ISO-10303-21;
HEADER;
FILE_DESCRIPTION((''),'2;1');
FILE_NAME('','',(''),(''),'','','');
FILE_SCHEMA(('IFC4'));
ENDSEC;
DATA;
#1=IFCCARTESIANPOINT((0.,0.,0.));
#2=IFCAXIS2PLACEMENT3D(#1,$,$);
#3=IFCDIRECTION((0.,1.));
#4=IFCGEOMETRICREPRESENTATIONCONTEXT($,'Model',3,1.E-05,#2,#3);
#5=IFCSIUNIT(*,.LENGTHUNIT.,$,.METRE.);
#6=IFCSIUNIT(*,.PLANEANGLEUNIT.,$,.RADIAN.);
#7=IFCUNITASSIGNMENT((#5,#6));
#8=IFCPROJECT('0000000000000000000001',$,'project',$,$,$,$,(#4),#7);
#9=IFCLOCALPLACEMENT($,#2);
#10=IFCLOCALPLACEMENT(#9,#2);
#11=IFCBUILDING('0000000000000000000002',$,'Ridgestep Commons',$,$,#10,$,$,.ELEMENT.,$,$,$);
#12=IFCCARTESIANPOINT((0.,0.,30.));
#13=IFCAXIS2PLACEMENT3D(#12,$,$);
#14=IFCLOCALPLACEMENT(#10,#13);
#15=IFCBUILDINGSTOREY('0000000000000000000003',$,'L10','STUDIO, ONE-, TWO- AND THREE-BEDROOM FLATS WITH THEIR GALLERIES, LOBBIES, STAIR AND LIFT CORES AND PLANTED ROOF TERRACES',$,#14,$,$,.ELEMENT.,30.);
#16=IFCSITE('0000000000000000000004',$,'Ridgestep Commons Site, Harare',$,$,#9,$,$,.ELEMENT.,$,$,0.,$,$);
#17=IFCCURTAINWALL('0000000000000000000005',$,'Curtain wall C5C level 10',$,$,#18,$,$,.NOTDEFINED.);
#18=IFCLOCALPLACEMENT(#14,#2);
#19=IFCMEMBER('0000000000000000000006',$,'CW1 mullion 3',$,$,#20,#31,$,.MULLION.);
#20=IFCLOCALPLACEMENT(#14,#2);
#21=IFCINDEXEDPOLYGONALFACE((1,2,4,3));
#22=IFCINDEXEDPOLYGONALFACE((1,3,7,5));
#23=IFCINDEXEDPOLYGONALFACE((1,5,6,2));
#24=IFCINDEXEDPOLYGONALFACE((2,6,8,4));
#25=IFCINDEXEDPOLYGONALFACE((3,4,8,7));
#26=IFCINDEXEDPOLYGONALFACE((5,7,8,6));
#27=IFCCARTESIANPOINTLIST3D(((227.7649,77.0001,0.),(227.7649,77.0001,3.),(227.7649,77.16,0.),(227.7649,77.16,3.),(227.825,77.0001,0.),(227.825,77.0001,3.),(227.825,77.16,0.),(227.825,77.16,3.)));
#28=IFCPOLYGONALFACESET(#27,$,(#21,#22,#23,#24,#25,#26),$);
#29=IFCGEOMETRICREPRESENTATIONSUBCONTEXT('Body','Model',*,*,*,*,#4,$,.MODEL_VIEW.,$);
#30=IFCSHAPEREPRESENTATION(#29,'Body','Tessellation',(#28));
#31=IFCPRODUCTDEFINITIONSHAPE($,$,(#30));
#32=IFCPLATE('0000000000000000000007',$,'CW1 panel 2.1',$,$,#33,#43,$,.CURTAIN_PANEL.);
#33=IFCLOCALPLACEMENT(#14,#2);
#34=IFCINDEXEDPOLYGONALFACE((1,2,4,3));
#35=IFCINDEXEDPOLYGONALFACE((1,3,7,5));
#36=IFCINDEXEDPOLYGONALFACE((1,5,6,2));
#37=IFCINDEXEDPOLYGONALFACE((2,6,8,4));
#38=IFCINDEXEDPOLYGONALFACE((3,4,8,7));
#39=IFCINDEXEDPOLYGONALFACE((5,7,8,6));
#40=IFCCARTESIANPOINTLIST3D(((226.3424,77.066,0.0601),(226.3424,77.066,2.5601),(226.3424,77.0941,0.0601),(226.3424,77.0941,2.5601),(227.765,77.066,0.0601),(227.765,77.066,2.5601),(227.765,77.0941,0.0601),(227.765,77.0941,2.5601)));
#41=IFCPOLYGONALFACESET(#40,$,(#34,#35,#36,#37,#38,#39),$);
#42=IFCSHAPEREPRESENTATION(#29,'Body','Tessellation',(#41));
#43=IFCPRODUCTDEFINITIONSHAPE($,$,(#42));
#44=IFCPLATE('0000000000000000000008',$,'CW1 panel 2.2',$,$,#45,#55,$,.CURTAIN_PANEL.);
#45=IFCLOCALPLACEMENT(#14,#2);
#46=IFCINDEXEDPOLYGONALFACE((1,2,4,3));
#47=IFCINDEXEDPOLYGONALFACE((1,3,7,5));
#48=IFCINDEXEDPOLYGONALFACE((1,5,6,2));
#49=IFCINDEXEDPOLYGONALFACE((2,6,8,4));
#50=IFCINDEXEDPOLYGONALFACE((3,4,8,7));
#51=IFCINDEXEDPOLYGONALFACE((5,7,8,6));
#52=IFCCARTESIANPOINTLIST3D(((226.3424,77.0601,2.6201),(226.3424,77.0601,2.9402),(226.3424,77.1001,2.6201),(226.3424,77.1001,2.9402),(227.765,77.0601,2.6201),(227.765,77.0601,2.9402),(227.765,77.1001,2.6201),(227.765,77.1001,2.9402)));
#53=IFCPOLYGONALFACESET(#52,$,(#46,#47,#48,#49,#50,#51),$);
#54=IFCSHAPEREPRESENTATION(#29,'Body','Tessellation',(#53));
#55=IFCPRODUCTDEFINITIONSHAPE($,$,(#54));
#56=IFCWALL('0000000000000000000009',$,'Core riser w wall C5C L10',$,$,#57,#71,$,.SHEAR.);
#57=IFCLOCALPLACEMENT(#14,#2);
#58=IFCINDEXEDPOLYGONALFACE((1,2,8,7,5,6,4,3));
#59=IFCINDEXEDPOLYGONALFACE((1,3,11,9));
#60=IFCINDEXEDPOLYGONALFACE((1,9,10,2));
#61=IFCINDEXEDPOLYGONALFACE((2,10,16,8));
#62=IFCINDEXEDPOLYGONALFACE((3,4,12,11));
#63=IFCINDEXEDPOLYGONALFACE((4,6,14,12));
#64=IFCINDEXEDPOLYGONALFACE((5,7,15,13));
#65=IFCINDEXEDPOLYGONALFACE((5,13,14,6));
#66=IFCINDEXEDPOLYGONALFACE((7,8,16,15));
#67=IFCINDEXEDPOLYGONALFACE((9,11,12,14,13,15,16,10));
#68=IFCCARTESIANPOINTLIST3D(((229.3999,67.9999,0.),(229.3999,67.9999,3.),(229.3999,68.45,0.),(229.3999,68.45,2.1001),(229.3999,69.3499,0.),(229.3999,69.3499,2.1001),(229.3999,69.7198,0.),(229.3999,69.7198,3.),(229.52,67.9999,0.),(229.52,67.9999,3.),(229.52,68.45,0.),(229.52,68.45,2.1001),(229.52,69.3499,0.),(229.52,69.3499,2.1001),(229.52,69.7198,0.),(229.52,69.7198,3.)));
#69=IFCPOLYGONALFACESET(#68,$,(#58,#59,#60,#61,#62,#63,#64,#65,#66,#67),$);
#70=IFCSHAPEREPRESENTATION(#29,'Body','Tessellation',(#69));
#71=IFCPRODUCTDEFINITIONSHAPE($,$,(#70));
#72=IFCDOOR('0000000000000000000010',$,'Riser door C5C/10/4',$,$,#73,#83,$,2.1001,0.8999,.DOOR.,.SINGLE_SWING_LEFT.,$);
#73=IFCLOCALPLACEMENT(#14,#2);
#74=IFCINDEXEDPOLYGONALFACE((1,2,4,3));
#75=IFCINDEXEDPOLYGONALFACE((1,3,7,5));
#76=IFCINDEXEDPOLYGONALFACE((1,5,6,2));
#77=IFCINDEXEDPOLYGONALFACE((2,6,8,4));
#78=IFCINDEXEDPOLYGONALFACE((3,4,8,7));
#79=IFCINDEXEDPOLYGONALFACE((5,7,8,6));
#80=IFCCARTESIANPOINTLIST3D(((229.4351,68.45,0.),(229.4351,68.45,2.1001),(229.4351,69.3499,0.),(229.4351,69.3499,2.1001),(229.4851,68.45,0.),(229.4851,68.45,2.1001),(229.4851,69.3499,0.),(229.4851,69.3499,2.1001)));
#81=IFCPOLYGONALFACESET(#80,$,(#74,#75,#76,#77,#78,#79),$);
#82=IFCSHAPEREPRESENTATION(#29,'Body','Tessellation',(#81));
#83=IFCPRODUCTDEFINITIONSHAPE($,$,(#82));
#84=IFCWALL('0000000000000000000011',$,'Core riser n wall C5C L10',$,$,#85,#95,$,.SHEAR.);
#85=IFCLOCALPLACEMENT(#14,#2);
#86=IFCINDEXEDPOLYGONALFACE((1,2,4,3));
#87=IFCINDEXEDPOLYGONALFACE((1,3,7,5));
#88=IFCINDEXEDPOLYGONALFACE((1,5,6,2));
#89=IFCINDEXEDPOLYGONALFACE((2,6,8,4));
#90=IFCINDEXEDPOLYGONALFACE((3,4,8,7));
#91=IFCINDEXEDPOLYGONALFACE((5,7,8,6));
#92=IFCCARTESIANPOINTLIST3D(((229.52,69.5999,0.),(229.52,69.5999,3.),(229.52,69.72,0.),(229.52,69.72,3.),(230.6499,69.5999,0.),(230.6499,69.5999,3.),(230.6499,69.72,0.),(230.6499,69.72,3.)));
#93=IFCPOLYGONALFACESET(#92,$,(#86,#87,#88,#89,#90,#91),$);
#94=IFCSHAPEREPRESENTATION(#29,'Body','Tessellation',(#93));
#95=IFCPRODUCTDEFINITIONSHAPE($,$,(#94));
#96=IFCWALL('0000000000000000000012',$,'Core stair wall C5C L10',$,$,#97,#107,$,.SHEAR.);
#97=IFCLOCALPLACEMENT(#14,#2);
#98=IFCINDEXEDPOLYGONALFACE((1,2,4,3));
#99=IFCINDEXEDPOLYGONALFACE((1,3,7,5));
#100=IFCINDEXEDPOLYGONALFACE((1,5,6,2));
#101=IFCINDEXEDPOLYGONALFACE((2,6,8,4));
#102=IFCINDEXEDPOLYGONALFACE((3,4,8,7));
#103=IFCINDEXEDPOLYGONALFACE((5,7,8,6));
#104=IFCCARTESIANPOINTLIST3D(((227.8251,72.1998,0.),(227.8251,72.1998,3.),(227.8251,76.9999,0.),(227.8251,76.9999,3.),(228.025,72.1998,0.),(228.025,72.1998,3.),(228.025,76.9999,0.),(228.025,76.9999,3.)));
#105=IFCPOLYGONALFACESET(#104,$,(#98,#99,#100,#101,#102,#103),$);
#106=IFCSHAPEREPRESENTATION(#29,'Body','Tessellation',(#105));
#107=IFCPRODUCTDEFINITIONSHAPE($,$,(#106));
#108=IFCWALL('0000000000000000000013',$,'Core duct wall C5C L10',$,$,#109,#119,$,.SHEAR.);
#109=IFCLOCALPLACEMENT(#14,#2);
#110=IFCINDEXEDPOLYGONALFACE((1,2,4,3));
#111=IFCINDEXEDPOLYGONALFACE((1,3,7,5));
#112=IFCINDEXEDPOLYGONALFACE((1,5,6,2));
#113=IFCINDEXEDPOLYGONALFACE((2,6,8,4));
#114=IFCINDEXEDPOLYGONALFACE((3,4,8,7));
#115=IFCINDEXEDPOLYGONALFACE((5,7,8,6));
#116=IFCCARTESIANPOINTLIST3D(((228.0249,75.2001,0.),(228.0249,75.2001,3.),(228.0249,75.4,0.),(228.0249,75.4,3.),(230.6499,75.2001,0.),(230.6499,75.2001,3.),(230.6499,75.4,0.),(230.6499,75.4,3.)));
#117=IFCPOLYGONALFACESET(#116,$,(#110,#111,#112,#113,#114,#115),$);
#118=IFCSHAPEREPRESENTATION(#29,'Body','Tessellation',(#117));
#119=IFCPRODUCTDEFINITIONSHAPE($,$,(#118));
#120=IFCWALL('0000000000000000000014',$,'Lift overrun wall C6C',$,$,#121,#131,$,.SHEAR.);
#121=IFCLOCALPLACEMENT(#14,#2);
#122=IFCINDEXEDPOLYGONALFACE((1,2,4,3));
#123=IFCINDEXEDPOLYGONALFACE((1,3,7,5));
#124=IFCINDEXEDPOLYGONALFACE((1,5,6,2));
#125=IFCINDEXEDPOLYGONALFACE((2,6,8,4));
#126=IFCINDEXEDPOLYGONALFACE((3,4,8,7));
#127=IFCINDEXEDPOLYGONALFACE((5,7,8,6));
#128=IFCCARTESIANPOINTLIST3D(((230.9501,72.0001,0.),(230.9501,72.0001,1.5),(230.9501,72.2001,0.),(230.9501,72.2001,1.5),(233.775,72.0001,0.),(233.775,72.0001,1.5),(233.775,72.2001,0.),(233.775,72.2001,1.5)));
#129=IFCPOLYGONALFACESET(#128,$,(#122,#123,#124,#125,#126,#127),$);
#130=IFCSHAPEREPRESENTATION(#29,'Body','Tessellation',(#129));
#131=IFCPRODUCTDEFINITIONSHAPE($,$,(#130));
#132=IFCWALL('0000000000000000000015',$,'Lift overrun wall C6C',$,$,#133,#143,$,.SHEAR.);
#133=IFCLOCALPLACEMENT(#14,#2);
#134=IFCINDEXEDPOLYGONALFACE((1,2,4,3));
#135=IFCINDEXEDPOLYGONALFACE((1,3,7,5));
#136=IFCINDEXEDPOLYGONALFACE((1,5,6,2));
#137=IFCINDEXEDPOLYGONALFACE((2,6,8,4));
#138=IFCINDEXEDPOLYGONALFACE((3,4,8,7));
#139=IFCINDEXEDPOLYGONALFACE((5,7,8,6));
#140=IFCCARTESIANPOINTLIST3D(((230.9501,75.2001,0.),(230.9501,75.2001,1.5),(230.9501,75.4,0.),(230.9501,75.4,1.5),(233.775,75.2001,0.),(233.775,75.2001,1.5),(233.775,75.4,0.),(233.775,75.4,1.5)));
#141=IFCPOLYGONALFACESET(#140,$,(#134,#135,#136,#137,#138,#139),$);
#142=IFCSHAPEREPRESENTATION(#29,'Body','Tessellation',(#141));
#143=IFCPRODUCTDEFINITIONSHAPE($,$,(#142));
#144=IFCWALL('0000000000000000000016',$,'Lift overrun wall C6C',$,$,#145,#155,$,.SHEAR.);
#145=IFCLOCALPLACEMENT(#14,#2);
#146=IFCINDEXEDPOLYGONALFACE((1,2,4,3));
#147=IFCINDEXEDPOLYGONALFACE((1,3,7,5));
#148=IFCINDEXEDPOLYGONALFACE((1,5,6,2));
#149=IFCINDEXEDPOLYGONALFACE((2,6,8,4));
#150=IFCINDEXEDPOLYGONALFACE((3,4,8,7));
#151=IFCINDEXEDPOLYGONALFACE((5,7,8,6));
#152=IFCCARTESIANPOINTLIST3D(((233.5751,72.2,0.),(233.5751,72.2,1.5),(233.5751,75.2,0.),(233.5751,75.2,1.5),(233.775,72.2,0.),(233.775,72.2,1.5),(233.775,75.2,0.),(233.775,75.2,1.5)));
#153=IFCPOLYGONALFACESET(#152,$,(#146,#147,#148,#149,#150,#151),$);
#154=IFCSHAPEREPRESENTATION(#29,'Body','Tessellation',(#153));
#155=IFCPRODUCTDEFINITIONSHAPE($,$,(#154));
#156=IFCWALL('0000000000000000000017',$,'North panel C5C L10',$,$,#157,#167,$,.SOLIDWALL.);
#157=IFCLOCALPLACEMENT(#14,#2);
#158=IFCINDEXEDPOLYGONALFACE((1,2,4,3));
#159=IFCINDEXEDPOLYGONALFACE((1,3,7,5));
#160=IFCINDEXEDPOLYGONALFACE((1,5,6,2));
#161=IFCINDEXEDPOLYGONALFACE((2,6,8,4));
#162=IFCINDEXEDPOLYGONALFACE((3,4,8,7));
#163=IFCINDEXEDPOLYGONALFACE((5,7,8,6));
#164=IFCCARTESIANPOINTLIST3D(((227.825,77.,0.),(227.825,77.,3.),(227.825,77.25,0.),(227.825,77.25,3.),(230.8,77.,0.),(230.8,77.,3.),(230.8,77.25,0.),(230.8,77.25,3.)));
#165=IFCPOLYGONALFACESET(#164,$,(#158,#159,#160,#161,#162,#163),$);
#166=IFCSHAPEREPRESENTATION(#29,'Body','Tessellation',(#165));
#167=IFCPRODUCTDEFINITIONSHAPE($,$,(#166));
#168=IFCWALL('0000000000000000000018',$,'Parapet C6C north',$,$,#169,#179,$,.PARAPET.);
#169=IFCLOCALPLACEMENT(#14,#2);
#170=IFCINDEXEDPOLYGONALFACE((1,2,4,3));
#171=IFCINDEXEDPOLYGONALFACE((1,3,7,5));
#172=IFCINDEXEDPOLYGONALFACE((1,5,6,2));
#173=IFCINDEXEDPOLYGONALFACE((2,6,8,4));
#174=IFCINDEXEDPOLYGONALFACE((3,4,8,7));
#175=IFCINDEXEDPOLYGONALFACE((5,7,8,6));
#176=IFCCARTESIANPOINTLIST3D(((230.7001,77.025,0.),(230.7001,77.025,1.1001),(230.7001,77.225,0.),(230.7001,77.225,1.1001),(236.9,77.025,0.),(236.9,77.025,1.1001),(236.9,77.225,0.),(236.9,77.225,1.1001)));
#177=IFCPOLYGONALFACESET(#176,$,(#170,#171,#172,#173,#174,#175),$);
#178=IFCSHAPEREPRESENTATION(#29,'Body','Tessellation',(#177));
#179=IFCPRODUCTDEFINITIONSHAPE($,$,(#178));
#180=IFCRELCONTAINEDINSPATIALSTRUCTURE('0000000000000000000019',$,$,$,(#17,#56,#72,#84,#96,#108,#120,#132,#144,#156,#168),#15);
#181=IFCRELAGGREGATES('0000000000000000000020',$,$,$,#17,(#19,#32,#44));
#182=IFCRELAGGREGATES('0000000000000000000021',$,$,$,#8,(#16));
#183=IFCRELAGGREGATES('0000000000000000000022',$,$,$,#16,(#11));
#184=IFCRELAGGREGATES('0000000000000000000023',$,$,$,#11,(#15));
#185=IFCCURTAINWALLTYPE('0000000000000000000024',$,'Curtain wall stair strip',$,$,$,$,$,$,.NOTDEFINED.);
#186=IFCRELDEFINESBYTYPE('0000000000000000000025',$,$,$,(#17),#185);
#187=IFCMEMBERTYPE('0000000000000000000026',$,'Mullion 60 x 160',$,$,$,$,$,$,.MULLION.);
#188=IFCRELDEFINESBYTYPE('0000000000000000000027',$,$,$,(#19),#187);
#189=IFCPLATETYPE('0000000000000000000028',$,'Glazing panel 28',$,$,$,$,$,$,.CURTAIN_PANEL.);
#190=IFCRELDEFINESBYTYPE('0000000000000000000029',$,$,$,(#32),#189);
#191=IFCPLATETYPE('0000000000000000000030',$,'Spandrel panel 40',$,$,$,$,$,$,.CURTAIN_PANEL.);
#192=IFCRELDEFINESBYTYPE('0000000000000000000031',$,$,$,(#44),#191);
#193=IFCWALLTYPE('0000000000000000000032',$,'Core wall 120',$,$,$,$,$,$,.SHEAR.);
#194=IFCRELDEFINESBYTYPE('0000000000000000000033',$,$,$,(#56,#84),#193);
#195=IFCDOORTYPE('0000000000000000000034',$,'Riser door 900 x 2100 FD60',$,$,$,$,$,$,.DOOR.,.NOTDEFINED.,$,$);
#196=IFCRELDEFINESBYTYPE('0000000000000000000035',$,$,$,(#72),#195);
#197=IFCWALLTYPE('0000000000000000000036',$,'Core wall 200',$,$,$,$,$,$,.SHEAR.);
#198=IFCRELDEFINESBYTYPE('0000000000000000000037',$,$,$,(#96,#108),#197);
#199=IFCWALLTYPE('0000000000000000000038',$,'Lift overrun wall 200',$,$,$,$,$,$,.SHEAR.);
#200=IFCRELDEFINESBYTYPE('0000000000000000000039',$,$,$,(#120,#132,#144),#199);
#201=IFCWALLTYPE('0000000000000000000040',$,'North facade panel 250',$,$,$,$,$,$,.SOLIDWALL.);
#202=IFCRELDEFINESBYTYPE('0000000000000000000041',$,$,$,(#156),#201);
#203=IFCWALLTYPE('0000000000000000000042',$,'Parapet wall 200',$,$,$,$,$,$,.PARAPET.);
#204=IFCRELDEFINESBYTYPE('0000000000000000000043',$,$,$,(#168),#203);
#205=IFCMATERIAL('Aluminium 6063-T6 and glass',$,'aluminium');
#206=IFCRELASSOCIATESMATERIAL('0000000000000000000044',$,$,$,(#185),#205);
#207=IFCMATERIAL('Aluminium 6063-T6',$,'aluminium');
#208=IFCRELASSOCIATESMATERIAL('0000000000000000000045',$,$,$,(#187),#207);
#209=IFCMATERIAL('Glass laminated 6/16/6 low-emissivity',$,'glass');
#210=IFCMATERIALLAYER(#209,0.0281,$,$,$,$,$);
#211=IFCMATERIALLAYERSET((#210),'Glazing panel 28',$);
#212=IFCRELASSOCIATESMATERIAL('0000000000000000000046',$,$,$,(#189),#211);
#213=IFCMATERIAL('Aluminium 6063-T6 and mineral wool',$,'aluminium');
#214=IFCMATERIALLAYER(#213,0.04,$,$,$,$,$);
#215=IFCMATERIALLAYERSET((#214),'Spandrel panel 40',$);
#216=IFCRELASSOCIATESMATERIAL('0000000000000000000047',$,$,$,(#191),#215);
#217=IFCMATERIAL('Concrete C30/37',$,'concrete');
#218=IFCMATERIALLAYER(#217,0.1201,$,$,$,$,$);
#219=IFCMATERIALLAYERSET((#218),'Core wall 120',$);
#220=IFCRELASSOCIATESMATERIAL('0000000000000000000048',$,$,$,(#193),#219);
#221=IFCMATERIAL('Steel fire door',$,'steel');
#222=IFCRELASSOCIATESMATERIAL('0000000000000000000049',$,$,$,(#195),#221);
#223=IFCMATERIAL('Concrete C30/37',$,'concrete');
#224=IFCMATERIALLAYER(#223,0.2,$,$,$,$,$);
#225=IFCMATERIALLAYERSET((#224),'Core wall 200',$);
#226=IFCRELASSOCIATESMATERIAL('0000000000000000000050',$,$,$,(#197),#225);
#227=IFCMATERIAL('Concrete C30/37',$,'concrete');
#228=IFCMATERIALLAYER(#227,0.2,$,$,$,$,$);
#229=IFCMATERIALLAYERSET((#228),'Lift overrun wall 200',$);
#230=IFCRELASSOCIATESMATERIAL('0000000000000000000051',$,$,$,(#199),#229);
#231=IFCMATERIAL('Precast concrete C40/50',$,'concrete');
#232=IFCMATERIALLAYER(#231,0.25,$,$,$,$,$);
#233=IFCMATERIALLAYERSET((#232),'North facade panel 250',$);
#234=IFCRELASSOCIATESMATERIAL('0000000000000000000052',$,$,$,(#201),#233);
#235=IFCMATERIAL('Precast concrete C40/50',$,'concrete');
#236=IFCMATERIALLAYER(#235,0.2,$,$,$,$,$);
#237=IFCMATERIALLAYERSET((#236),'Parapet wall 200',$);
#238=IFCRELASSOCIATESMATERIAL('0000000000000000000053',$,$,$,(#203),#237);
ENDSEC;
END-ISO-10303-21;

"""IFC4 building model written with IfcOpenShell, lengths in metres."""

from ifc_helpers import new_model, si_unit, direction, frame, frame_2d, origin, origin_2d, place, context, subcontext, project, spatial, rectangle, extrude, material, layer, layer_set, material_profile, profile_set, type_object, element, fill, aggregate, save


model = new_model("IFC4")

# Units and contexts
model_context = context("Model", 3, precision=1e-05, world=origin(), true_north=direction((0.0, 1.0)))
body_context = subcontext(model_context, "Body", "Model", "MODEL_VIEW")
ifc_project = project(units=[si_unit("LENGTHUNIT", "METRE"), si_unit("PLANEANGLEUNIT", "RADIAN")], contexts=[model_context])

# Site, building, storey
site_placement = place(None, origin())
site = spatial("IfcSite", under=ifc_project, at=site_placement, Name="Ridgestep Commons Site, Harare", CompositionType="ELEMENT", RefElevation=0.0)
building_placement = place(site_placement, origin())
building = spatial("IfcBuilding", under=site, at=building_placement, Name="Ridgestep Commons", CompositionType="ELEMENT")
storey_placement = place(building_placement, frame((0.0, 0.0, 30.0)))
storey = spatial("IfcBuildingStorey", under=building, at=storey_placement, Name="L10", Description="STUDIO, ONE-, TWO- AND THREE-BEDROOM FLATS WITH THEIR GALLERIES, LOBBIES, STAIR AND LIFT CORES AND PLANTED ROOF TERRACES", CompositionType="ELEMENT", Elevation=30.0)

# Curtain wall, member, plates
ifc_material_1 = material(Name="Aluminium 6063-T6 and glass", Category="aluminium")
curtain_wall_type = type_object("IfcCurtainWallType", Name="Curtain wall stair strip", PredefinedType="NOTDEFINED", material=ifc_material_1)
curtain_wall_placement = place(storey_placement, origin())
curtain_wall = element("IfcCurtainWall", 1, at=curtain_wall_placement, inside=storey, type_object=curtain_wall_type, Name="Curtain wall C5C level 10", PredefinedType="NOTDEFINED")
ifc_material_2 = material(Name="Aluminium 6063-T6", Category="aluminium")
ifc_material_profile = material_profile(ifc_material_2, rectangle(XDim=0.1599, YDim=0.0601, at=origin_2d()), Name="Mullion 60 x 160")
ifc_profile_set = profile_set([ifc_material_profile], Name="Aluminium 6063-T6")
member_type = type_object("IfcMemberType", Name="Mullion 60 x 160", PredefinedType="MULLION", material=ifc_profile_set)
member_placement = place(storey_placement, frame((227.7949, 77.0801, 0.0), z_axis=(0.0, 0.0, 1.0), x_axis=(0.0, 1.0, 0.0)))
member = element("IfcMember", 2, at=member_placement, type_object=member_type, Name="CW1 mullion 3", PredefinedType="MULLION", context=body_context, shape_type="SweptSolid", body=[
    extrude(rectangle(XDim=0.1599, YDim=0.0601, at=origin_2d()), origin(), (0.0, 0.0, 1.0), 3.0),
])
ifc_material_3 = material(Name="Glass laminated 6/16/6 low-emissivity", Category="glass")
ifc_layer_1 = layer(ifc_material_3, 0.0281)
ifc_layer_set_1 = layer_set([ifc_layer_1], Name="Glazing panel 28")
plate_type_1 = type_object("IfcPlateType", Name="Glazing panel 28", PredefinedType="CURTAIN_PANEL", material=ifc_layer_set_1)
plate_1_placement = place(storey_placement, frame((227.0537, 77.0801, 0.0601), z_axis=(0.0, 0.0, 1.0), x_axis=(1.0, 0.0, 0.0)))
plate_1 = element("IfcPlate", 3, at=plate_1_placement, type_object=plate_type_1, Name="CW1 panel 2.1", PredefinedType="CURTAIN_PANEL", context=body_context, shape_type="SweptSolid", body=[
    extrude(rectangle(XDim=1.4226, YDim=0.0281, at=origin_2d()), origin(), (0.0, 0.0, 1.0), 2.5),
])
ifc_material_4 = material(Name="Aluminium 6063-T6 and mineral wool", Category="aluminium")
ifc_layer_2 = layer(ifc_material_4, 0.04)
ifc_layer_set_2 = layer_set([ifc_layer_2], Name="Spandrel panel 40")
plate_type_2 = type_object("IfcPlateType", Name="Spandrel panel 40", PredefinedType="CURTAIN_PANEL", material=ifc_layer_set_2)
plate_2_placement = place(storey_placement, frame((227.0537, 77.0801, 2.6201), z_axis=(0.0, 0.0, 1.0), x_axis=(1.0, 0.0, 0.0)))
plate_2 = element("IfcPlate", 4, at=plate_2_placement, type_object=plate_type_2, Name="CW1 panel 2.2", PredefinedType="CURTAIN_PANEL", context=body_context, shape_type="SweptSolid", body=[
    extrude(rectangle(XDim=1.4226, YDim=0.04, at=origin_2d()), origin(), (0.0, 0.0, 1.0), 0.3201),
])
aggregate(curtain_wall, [member, plate_1, plate_2])

# Wall, opening, door
ifc_material_5 = material(Name="Concrete C30/37", Category="concrete")
ifc_layer_3 = layer(ifc_material_5, 0.1201)
ifc_layer_set_3 = layer_set([ifc_layer_3], Name="Core wall 120")
wall_type_1 = type_object("IfcWallType", Name="Core wall 120", PredefinedType="SHEAR", material=ifc_layer_set_3)
wall_1_placement = place(storey_placement, frame((229.46, 68.0, 0.0), z_axis=(0.0, 0.0, 1.0), x_axis=(0.0, 1.0, 0.0)))
wall_1 = element("IfcWall", 5, at=wall_1_placement, inside=storey, type_object=wall_type_1, Name="Core riser w wall C5C L10", PredefinedType="SHEAR", context=body_context, shape_type="SweptSolid", body=[
    extrude(rectangle(XDim=1.72, YDim=0.1201, at=frame_2d((0.8599, 0.0))), origin(), (0.0, 0.0, 1.0), 3.0),
])
opening_placement = place(wall_1_placement, frame((0.45, 0.0, 0.0)))
opening = element("IfcOpeningElement", 6, at=opening_placement, cuts=wall_1, PredefinedType="OPENING", context=body_context, shape_type="SweptSolid", body=[
    extrude(rectangle(XDim=0.8999, YDim=2.1001, at=frame_2d((0.45, 1.05))), frame((0.0, 0.0701, 0.0), z_axis=(0.0, -1.0, 0.0), x_axis=(1.0, 0.0, 0.0)), (0.0, 0.0, 1.0), 0.1401),
])
ifc_material_6 = material(Name="Steel fire door", Category="steel")
door_type = type_object("IfcDoorType", Name="Riser door 900 x 2100 FD60", OperationType="NOTDEFINED", PredefinedType="DOOR", material=ifc_material_6)
door_placement = place(opening_placement, origin())
door = element("IfcDoor", 7, at=door_placement, inside=storey, type_object=door_type, Name="Riser door C5C/10/4", OperationType="SINGLE_SWING_LEFT", OverallHeight=2.1001, OverallWidth=0.8999, PredefinedType="DOOR", context=body_context, shape_type="SweptSolid", body=[
    extrude(rectangle(XDim=0.8999, YDim=2.1001, at=frame_2d((0.45, 1.05))), frame((0.0, 0.0249, 0.0), z_axis=(0.0, -1.0, 0.0), x_axis=(1.0, 0.0, 0.0)), (0.0, 0.0, 1.0), 0.05),
])
fill(opening, door)

# Walls
wall_2_placement = place(storey_placement, frame((229.52, 69.6599, 0.0), z_axis=(0.0, 0.0, 1.0), x_axis=(1.0, 0.0, 0.0)))
element("IfcWall", 8, at=wall_2_placement, inside=storey, type_object=wall_type_1, Name="Core riser n wall C5C L10", PredefinedType="SHEAR", context=body_context, shape_type="SweptSolid", body=[
    extrude(rectangle(XDim=1.1299, YDim=0.1201, at=frame_2d((0.5649, 0.0))), origin(), (0.0, 0.0, 1.0), 3.0),
])
ifc_material_7 = material(Name="Concrete C30/37", Category="concrete")
ifc_layer_4 = layer(ifc_material_7, 0.2)
ifc_layer_set_4 = layer_set([ifc_layer_4], Name="Core wall 200")
wall_type_2 = type_object("IfcWallType", Name="Core wall 200", PredefinedType="SHEAR", material=ifc_layer_set_4)
wall_3_placement = place(storey_placement, frame((227.925, 72.2, 0.0), z_axis=(0.0, 0.0, 1.0), x_axis=(0.0, 1.0, 0.0)))
element("IfcWall", 9, at=wall_3_placement, inside=storey, type_object=wall_type_2, Name="Core stair wall C5C L10", PredefinedType="SHEAR", context=body_context, shape_type="SweptSolid", body=[
    extrude(rectangle(XDim=4.8, YDim=0.2, at=frame_2d((2.3999, 0.0))), origin(), (0.0, 0.0, 1.0), 3.0),
])
wall_4_placement = place(storey_placement, frame((228.0249, 75.3, 0.0), z_axis=(0.0, 0.0, 1.0), x_axis=(1.0, 0.0, 0.0)))
element("IfcWall", 10, at=wall_4_placement, inside=storey, type_object=wall_type_2, Name="Core duct wall C5C L10", PredefinedType="SHEAR", context=body_context, shape_type="SweptSolid", body=[
    extrude(rectangle(XDim=2.625, YDim=0.2, at=frame_2d((1.3125, 0.0))), origin(), (0.0, 0.0, 1.0), 3.0),
])
ifc_material_8 = material(Name="Concrete C30/37", Category="concrete")
ifc_layer_5 = layer(ifc_material_8, 0.2)
ifc_layer_set_5 = layer_set([ifc_layer_5], Name="Lift overrun wall 200")
wall_type_3 = type_object("IfcWallType", Name="Lift overrun wall 200", PredefinedType="SHEAR", material=ifc_layer_set_5)
for number, where, z_axis, x_axis, name in (
    (11, (230.95, 72.1001, 0.0), (0.0, 0.0, 1.0), (1.0, 0.0, 0.0), "Lift overrun wall C6C"),
    (12, (230.95, 75.3, 0.0), (0.0, 0.0, 1.0), (1.0, 0.0, 0.0), "Lift overrun wall C6C"),
):
    element("IfcWall", number, at=place(storey_placement, frame(where, z_axis=z_axis, x_axis=x_axis)), inside=storey, type_object=wall_type_3, Name=name, PredefinedType="SHEAR", context=body_context, shape_type="SweptSolid", body=[
        extrude(rectangle(XDim=2.825, YDim=0.2, at=frame_2d((1.4126, 0.0))), origin(), (0.0, 0.0, 1.0), 1.5),
    ])
wall_5_placement = place(storey_placement, frame((233.675, 72.2, 0.0), z_axis=(0.0, 0.0, 1.0), x_axis=(0.0, 1.0, 0.0)))
element("IfcWall", 13, at=wall_5_placement, inside=storey, type_object=wall_type_3, Name="Lift overrun wall C6C", PredefinedType="SHEAR", context=body_context, shape_type="SweptSolid", body=[
    extrude(rectangle(XDim=3.0, YDim=0.2, at=frame_2d((1.5, 0.0))), origin(), (0.0, 0.0, 1.0), 1.5),
])
ifc_material_9 = material(Name="Precast concrete C40/50", Category="concrete")
ifc_layer_6 = layer(ifc_material_9, 0.25)
ifc_layer_set_6 = layer_set([ifc_layer_6], Name="North facade panel 250")
wall_type_4 = type_object("IfcWallType", Name="North facade panel 250", PredefinedType="SOLIDWALL", material=ifc_layer_set_6)
wall_6_placement = place(storey_placement, frame((227.825, 77.125, 0.0), z_axis=(0.0, 0.0, 1.0), x_axis=(1.0, 0.0, 0.0)))
element("IfcWall", 14, at=wall_6_placement, inside=storey, type_object=wall_type_4, Name="North panel C5C L10", PredefinedType="SOLIDWALL", context=body_context, shape_type="SweptSolid", body=[
    extrude(rectangle(XDim=2.9751, YDim=0.25, at=frame_2d((1.4875, 0.0))), origin(), (0.0, 0.0, 1.0), 3.0),
])
ifc_material_10 = material(Name="Precast concrete C40/50", Category="concrete")
ifc_layer_7 = layer(ifc_material_10, 0.2)
ifc_layer_set_7 = layer_set([ifc_layer_7], Name="Parapet wall 200")
wall_type_5 = type_object("IfcWallType", Name="Parapet wall 200", PredefinedType="PARAPET", material=ifc_layer_set_7)
for number, where, z_axis, x_axis, name in (
    (15, (230.7, 77.125, 0.0), (0.0, 0.0, 1.0), (1.0, 0.0, 0.0), "Parapet C6C north"),
):
    element("IfcWall", number, at=place(storey_placement, frame(where, z_axis=z_axis, x_axis=x_axis)), inside=storey, type_object=wall_type_5, Name=name, PredefinedType="PARAPET", context=body_context, shape_type="SweptSolid", body=[
        extrude(rectangle(XDim=6.2, YDim=0.2, at=frame_2d((3.1001, 0.0))), origin(), (0.0, 0.0, 1.0), 1.1001),
    ])

save(model, "model.ifc")
